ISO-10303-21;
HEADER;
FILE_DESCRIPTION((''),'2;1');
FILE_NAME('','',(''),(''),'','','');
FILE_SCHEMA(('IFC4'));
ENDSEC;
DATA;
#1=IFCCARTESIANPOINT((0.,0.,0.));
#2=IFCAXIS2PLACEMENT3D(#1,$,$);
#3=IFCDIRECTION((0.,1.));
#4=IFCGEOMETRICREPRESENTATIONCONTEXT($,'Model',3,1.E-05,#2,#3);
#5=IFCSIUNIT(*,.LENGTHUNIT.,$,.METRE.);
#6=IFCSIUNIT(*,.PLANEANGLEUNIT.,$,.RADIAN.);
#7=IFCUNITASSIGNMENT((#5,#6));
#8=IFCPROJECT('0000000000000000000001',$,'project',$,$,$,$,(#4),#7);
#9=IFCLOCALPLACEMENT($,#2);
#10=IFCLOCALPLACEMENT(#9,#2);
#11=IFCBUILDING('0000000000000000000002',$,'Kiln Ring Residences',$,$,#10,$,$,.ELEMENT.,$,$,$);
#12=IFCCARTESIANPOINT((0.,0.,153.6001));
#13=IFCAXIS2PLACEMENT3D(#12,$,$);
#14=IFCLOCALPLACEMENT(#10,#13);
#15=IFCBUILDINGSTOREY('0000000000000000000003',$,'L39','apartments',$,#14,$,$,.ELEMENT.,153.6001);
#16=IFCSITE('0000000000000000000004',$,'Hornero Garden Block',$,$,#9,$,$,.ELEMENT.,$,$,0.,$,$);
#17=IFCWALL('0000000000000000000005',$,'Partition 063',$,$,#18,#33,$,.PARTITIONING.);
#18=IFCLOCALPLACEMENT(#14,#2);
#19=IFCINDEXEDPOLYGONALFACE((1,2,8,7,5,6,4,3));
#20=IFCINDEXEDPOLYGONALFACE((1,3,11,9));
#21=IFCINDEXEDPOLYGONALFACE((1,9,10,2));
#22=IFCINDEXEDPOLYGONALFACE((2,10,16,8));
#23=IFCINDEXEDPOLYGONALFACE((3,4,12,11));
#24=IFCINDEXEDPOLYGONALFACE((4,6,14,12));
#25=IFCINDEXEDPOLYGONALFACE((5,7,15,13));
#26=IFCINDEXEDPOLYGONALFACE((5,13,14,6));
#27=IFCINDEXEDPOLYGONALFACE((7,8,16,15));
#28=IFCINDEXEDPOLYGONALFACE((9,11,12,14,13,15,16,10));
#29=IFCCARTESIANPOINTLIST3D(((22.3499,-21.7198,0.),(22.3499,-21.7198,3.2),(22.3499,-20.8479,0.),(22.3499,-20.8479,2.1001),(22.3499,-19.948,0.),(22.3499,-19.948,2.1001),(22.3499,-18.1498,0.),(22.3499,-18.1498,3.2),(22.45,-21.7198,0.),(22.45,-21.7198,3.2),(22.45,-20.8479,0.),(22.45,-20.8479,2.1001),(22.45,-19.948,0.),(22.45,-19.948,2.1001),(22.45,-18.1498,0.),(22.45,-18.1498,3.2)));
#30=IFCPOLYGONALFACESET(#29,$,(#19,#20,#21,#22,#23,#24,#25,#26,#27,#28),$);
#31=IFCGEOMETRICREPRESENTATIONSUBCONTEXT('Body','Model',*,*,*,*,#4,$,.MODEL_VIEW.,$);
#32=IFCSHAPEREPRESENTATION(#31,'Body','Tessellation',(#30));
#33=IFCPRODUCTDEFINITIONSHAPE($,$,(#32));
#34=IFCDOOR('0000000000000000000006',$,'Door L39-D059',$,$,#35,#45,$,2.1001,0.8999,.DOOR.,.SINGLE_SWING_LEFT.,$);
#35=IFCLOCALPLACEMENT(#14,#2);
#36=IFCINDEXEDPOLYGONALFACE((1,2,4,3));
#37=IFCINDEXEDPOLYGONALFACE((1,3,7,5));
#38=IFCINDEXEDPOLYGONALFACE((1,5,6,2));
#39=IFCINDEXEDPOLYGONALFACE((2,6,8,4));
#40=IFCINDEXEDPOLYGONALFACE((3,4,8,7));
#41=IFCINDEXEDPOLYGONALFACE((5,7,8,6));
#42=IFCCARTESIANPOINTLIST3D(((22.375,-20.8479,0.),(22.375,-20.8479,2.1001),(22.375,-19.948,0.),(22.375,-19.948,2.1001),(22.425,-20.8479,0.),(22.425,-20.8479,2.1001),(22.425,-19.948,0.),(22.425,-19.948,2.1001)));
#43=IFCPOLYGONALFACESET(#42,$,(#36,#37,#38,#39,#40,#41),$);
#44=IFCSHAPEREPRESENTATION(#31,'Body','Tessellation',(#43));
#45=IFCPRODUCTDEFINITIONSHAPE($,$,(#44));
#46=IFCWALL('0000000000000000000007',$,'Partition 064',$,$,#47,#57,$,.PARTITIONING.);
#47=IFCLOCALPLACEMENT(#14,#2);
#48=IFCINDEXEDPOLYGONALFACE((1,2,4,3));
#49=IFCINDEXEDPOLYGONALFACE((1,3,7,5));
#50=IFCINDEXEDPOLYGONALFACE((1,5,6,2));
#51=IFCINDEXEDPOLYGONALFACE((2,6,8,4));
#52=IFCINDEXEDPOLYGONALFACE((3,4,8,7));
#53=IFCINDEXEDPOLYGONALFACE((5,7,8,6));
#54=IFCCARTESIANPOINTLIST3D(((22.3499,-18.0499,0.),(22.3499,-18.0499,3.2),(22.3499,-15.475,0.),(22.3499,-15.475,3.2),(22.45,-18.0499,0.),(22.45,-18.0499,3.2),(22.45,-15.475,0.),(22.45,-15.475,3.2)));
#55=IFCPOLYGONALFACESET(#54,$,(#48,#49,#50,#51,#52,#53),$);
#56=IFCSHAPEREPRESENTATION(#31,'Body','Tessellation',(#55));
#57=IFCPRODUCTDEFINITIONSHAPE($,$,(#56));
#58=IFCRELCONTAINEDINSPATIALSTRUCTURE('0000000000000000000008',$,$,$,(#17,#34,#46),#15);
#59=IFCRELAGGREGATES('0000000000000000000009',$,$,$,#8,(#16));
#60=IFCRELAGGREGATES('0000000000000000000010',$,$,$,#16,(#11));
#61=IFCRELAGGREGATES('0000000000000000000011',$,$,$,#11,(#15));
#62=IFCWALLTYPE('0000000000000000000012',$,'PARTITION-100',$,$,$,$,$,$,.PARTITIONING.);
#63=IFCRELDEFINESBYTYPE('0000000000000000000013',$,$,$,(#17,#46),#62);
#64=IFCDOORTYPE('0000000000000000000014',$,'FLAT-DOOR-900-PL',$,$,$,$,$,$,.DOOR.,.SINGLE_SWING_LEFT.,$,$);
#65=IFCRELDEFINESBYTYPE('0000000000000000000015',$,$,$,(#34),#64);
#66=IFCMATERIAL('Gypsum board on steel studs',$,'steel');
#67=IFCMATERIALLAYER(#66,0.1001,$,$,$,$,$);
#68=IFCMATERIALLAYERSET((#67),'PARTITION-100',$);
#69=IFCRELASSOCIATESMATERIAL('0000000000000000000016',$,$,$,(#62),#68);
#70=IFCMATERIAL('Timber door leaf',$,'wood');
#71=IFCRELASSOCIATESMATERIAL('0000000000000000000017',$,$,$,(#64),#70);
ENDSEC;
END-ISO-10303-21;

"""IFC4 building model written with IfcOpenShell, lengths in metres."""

from ifc_helpers import new_model, si_unit, direction, frame, frame_2d, origin, place, context, subcontext, project, spatial, rectangle, extrude, material, layer, layer_set, type_object, element, fill, save


model = new_model("IFC4")

# Units and contexts
model_context = context("Model", 3, precision=1e-05, world=origin(), true_north=direction((0.0, 1.0)))
body_context = subcontext(model_context, "Body", "Model", "MODEL_VIEW")
ifc_project = project(units=[si_unit("LENGTHUNIT", "METRE"), si_unit("PLANEANGLEUNIT", "RADIAN")], contexts=[model_context])

# Site, building, storey
site_placement = place(None, origin())
site = spatial("IfcSite", under=ifc_project, at=site_placement, Name="Hornero Garden Block", CompositionType="ELEMENT", RefElevation=0.0)
building_placement = place(site_placement, origin())
building = spatial("IfcBuilding", under=site, at=building_placement, Name="Kiln Ring Residences", CompositionType="ELEMENT")
storey_placement = place(building_placement, frame((0.0, 0.0, 153.6001)))
storey = spatial("IfcBuildingStorey", under=building, at=storey_placement, Name="L39", Description="apartments", CompositionType="ELEMENT", Elevation=153.6001)

# Wall, opening, door
ifc_material_1 = material(Name="Gypsum board on steel studs", Category="steel")
ifc_layer_1 = layer(ifc_material_1, 0.1001)
ifc_layer_set_1 = layer_set([ifc_layer_1], Name="PARTITION-100")
wall_type_1 = type_object("IfcWallType", Name="PARTITION-100", PredefinedType="PARTITIONING", material=ifc_layer_set_1)
wall_1_placement = place(storey_placement, frame((22.3999, -21.72, 0.0), z_axis=(0.0, 0.0, 1.0), x_axis=(0.0, 1.0, 0.0)))
wall_1 = element("IfcWall", 1, at=wall_1_placement, inside=storey, type_object=wall_type_1, Name="Partition 063", PredefinedType="PARTITIONING", context=body_context, shape_type="SweptSolid", body=[
    extrude(rectangle(XDim=3.5701, YDim=0.1001, at=frame_2d((1.7852, 0.0))), origin(), (0.0, 0.0, 1.0), 3.2),
])
opening_1_placement = place(wall_1_placement, frame((0.8721, 0.0, 0.0)))
opening_1 = element("IfcOpeningElement", 2, at=opening_1_placement, cuts=wall_1, PredefinedType="OPENING", context=body_context, shape_type="SweptSolid", body=[
    extrude(rectangle(XDim=0.8999, YDim=2.1001, at=frame_2d((0.45, 1.05))), frame((0.0, 0.0601, 0.0), z_axis=(0.0, -1.0, 0.0), x_axis=(1.0, 0.0, 0.0)), (0.0, 0.0, 1.0), 0.1201),
])
ifc_material_2 = material(Name="Timber door leaf", Category="wood")
door_type = type_object("IfcDoorType", Name="FLAT-DOOR-900-PL", OperationType="SINGLE_SWING_LEFT", PredefinedType="DOOR", material=ifc_material_2)
door_placement = place(opening_1_placement, origin())
door = element("IfcDoor", 3, at=door_placement, inside=storey, type_object=door_type, Name="Door L39-D059", OperationType="SINGLE_SWING_LEFT", OverallHeight=2.1001, OverallWidth=0.8999, PredefinedType="DOOR", context=body_context, shape_type="SweptSolid", body=[
    extrude(rectangle(XDim=0.8999, YDim=2.1001, at=frame_2d((0.45, 1.05))), frame((0.0, 0.0249, 0.0), z_axis=(0.0, -1.0, 0.0), x_axis=(1.0, 0.0, 0.0)), (0.0, 0.0, 1.0), 0.05),
])
fill(opening_1, door)

# Wall
wall_2_placement = place(storey_placement, frame((22.3999, -18.05, 0.0), z_axis=(0.0, 0.0, 1.0), x_axis=(0.0, 1.0, 0.0)))
element("IfcWall", 4, at=wall_2_placement, inside=storey, type_object=wall_type_1, Name="Partition 064", PredefinedType="PARTITIONING", context=body_context, shape_type="SweptSolid", body=[
    extrude(rectangle(XDim=2.575, YDim=0.1001, at=frame_2d((1.2876, 0.0))), origin(), (0.0, 0.0, 1.0), 3.2),
])

save(model, "model.ifc")
